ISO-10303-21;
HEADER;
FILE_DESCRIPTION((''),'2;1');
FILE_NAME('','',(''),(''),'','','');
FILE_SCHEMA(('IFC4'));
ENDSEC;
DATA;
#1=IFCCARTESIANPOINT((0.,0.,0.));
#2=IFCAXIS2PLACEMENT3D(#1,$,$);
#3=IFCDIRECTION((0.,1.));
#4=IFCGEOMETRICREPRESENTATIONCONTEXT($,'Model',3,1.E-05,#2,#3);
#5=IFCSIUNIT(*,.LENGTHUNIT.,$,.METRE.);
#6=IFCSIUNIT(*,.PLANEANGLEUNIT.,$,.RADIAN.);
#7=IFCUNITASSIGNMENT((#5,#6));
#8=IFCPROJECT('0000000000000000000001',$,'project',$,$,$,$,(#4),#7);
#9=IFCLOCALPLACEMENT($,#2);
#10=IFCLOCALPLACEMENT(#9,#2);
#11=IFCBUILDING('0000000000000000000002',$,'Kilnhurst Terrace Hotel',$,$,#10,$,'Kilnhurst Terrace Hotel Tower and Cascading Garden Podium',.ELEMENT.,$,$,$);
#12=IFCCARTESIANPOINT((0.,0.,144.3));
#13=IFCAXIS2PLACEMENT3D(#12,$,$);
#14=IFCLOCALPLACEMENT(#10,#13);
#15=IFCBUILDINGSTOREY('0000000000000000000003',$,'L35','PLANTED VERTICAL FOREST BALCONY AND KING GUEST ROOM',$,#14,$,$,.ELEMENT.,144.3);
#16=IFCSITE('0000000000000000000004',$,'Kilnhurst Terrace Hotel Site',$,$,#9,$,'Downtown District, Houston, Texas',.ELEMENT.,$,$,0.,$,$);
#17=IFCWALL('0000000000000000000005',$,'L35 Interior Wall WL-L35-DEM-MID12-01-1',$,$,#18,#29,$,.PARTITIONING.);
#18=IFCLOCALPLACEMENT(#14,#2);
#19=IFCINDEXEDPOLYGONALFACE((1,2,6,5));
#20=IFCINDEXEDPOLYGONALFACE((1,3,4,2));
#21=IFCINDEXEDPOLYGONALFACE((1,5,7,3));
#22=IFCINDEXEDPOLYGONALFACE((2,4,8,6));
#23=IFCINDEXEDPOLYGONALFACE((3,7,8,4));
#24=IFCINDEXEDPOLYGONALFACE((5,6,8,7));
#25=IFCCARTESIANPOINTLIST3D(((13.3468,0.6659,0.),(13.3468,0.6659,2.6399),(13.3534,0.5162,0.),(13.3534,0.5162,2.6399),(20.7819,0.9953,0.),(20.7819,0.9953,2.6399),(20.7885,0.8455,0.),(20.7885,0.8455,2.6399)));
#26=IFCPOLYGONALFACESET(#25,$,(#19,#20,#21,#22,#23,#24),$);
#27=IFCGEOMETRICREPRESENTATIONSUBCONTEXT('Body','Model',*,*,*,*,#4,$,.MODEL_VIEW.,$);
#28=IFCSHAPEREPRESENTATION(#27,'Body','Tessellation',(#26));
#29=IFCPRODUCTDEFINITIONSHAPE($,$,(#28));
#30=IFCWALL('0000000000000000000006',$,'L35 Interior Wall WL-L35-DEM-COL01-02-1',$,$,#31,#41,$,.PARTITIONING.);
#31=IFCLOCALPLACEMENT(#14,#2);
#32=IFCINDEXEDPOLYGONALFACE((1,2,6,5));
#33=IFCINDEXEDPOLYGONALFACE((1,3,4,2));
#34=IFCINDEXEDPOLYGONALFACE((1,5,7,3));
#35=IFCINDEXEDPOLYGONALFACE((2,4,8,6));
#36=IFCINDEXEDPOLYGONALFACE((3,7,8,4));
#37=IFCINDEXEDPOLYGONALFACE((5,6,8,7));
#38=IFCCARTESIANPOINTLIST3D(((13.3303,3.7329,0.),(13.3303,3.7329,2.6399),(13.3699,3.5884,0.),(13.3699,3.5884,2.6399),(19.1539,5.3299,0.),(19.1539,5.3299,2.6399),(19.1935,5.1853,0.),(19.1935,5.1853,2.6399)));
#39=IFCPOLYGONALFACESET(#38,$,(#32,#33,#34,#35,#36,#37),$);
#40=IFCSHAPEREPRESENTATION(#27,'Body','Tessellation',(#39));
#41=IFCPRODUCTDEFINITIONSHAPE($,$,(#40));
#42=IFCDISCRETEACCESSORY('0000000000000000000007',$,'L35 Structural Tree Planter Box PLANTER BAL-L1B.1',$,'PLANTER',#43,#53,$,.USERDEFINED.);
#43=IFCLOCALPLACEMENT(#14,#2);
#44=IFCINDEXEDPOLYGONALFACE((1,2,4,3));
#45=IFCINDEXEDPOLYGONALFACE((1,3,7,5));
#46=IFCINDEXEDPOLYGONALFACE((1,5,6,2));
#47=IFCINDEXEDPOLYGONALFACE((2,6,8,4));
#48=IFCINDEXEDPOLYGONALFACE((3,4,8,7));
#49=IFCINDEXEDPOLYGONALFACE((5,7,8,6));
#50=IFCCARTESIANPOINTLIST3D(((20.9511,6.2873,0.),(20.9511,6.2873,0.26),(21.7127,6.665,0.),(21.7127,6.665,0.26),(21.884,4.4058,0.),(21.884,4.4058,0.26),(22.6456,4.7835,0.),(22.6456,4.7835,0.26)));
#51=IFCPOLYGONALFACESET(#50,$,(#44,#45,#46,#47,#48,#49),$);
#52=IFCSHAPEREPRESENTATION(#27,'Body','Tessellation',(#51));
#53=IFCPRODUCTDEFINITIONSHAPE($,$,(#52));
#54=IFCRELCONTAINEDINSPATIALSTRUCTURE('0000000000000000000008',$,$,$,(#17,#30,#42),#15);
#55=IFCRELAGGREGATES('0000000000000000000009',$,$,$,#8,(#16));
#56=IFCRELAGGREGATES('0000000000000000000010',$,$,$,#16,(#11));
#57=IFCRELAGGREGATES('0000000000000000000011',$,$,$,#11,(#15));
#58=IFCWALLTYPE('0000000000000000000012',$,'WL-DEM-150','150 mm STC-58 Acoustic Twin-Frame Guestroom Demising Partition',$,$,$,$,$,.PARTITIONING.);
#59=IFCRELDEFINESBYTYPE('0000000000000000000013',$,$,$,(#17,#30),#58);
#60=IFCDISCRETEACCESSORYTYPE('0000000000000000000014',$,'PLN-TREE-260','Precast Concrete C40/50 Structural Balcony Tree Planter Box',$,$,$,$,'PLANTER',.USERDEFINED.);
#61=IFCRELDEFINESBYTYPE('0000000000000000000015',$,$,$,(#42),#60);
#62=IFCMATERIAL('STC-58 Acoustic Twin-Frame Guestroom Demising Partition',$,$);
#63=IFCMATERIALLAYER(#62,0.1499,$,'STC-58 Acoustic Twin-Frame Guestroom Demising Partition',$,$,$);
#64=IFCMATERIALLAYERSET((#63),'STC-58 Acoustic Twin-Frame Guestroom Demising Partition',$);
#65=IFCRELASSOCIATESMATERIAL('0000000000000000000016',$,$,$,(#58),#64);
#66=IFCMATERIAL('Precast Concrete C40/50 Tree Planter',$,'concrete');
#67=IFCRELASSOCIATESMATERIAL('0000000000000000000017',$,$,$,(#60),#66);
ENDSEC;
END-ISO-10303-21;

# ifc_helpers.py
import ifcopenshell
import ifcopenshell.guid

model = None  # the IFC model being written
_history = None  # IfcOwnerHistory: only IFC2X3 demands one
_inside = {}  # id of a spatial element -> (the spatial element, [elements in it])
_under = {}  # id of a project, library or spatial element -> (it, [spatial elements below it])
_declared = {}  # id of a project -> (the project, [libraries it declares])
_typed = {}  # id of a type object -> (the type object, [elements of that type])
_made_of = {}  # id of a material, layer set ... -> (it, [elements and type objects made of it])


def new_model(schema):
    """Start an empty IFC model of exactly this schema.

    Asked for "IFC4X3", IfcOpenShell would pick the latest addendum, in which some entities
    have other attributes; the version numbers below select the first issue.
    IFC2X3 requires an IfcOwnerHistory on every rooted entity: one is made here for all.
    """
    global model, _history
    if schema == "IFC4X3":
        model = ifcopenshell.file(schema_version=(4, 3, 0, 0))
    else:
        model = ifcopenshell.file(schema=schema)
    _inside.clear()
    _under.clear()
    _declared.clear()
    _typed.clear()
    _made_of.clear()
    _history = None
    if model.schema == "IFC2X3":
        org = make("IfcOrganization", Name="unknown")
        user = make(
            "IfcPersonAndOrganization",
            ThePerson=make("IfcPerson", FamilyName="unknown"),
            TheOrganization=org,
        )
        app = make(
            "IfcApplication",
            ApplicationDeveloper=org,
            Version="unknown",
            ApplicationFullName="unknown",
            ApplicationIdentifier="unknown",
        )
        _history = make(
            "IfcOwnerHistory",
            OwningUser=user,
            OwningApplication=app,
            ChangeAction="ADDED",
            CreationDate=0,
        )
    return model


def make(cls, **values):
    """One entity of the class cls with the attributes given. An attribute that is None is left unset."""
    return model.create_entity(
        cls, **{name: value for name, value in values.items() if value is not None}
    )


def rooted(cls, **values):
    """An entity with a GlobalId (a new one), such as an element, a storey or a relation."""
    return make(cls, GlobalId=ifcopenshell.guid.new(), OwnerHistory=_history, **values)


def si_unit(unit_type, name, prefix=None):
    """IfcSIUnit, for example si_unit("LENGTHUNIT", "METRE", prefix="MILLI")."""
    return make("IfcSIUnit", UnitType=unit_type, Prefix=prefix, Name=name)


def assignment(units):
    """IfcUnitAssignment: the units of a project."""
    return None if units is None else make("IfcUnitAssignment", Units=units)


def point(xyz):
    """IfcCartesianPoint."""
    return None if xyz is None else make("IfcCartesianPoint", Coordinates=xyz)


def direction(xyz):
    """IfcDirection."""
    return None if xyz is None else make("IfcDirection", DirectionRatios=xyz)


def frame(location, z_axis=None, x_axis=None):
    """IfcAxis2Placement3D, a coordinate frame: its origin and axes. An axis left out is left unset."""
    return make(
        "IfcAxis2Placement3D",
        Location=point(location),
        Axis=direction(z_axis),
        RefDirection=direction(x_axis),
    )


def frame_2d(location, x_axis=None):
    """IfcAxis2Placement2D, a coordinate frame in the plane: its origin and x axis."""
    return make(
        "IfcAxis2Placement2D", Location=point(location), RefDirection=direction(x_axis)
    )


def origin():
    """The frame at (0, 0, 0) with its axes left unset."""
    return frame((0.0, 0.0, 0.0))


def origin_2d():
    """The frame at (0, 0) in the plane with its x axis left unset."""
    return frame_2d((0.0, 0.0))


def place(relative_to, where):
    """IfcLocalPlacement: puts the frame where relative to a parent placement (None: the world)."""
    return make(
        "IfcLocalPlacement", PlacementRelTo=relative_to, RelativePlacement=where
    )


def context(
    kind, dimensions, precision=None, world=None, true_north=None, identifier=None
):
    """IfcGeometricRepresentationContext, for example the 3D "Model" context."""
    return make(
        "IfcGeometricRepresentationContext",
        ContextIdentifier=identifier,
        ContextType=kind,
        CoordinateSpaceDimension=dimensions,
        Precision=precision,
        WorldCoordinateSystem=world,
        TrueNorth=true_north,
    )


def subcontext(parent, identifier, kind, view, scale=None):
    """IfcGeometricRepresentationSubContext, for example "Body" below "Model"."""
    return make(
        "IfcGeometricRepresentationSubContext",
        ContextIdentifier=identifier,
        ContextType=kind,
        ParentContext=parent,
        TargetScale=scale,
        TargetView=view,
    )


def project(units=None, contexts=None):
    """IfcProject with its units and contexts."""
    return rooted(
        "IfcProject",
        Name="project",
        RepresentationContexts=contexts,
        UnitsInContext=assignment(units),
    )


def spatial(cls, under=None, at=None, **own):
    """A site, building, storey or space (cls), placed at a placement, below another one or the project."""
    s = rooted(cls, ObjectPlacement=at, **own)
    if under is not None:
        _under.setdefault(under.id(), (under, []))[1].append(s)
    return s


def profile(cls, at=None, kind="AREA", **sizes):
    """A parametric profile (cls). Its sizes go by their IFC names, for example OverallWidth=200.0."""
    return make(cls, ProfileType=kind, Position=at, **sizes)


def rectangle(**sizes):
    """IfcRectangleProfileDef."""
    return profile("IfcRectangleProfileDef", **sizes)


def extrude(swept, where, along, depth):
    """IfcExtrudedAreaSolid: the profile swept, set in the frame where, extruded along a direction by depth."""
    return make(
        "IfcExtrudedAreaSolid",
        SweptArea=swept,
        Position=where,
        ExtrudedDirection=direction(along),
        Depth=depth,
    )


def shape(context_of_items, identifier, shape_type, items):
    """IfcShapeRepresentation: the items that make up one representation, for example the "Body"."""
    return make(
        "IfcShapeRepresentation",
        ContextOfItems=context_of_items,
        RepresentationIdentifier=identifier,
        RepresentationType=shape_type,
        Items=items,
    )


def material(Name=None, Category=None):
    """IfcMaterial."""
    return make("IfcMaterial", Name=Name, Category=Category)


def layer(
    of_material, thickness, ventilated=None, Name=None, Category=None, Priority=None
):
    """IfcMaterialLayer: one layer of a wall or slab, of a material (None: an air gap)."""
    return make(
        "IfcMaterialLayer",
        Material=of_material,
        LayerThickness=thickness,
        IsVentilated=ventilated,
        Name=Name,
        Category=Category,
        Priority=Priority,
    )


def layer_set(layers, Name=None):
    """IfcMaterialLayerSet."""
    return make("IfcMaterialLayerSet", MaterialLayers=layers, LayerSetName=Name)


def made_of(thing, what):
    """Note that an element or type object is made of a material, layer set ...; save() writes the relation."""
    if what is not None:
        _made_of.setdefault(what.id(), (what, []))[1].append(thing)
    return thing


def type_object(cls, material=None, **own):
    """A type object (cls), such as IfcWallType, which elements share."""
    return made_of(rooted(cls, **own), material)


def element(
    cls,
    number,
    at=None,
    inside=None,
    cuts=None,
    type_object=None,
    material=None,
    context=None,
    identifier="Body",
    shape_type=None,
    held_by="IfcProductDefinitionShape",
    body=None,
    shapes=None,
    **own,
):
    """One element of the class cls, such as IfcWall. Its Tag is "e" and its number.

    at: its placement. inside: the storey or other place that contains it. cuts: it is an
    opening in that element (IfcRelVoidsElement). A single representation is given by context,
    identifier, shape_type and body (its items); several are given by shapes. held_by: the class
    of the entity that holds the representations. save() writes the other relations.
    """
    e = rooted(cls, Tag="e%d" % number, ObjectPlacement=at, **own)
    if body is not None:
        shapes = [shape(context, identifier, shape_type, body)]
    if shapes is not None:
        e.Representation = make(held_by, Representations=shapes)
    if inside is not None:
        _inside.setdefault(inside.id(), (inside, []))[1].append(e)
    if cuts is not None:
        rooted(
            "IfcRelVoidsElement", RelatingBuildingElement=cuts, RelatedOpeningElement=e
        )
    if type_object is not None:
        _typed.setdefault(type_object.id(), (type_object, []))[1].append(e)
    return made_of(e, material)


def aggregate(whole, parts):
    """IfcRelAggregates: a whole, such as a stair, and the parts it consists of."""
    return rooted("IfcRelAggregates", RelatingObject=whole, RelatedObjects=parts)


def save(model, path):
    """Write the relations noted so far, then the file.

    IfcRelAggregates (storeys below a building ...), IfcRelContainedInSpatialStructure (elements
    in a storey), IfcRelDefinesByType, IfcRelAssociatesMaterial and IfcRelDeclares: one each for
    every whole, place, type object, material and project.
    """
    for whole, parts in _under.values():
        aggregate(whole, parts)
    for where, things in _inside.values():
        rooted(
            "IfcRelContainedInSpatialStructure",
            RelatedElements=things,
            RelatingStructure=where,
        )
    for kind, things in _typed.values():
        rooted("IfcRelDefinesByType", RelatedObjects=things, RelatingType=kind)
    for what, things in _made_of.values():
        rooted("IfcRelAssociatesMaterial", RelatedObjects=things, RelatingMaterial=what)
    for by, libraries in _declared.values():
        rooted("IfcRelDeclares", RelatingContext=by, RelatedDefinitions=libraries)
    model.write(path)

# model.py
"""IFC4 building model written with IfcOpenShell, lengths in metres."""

from ifc_helpers import new_model, si_unit, direction, frame, frame_2d, origin, origin_2d, place, context, subcontext, project, spatial, rectangle, extrude, material, layer, layer_set, type_object, element, save


model = new_model("IFC4")

# Units and contexts
model_context = context("Model", 3, precision=1e-05, world=origin(), true_north=direction((0.0, 1.0)))
body_context = subcontext(model_context, "Body", "Model", "MODEL_VIEW")
ifc_project = project(units=[si_unit("LENGTHUNIT", "METRE"), si_unit("PLANEANGLEUNIT", "RADIAN")], contexts=[model_context])

# Site, building, storey
site_placement = place(None, origin())
site = spatial("IfcSite", under=ifc_project, at=site_placement, Name="Kilnhurst Terrace Hotel Site", LongName="Downtown District, Houston, Texas", CompositionType="ELEMENT", RefElevation=0.0)
building_placement = place(site_placement, origin())
building = spatial("IfcBuilding", under=site, at=building_placement, Name="Kilnhurst Terrace Hotel", LongName="Kilnhurst Terrace Hotel Tower and Cascading Garden Podium", CompositionType="ELEMENT")
storey_placement = place(building_placement, frame((0.0, 0.0, 144.3)))
storey = spatial("IfcBuildingStorey", under=building, at=storey_placement, Name="L35", Description="PLANTED VERTICAL FOREST BALCONY AND KING GUEST ROOM", CompositionType="ELEMENT", Elevation=144.3)

# Walls
ifc_material_1 = material(Name="STC-58 Acoustic Twin-Frame Guestroom Demising Partition")
ifc_layer_1 = layer(ifc_material_1, 0.1499, Name="STC-58 Acoustic Twin-Frame Guestroom Demising Partition")
ifc_layer_set_1 = layer_set([ifc_layer_1], Name="STC-58 Acoustic Twin-Frame Guestroom Demising Partition")
wall_type_1 = type_object("IfcWallType", Name="WL-DEM-150", Description="150 mm STC-58 Acoustic Twin-Frame Guestroom Demising Partition", PredefinedType="PARTITIONING", material=ifc_layer_set_1)
wall_1_placement = place(storey_placement, frame((13.3501, 0.5911, 0.0), z_axis=(0.0, 0.0, 1.0), x_axis=(0.99902, 0.044253, 0.0)))
element("IfcWall", 1, at=wall_1_placement, inside=storey, type_object=wall_type_1, Name="L35 Interior Wall WL-L35-DEM-MID12-01-1", PredefinedType="PARTITIONING", context=body_context, shape_type="SweptSolid", body=[
    extrude(rectangle(XDim=7.4424, YDim=0.1499, at=frame_2d((3.7212, 0.0))), origin(), (0.0, 0.0, 1.0), 2.6399),
])
wall_2_placement = place(storey_placement, frame((13.3501, 3.6606, 0.0), z_axis=(0.0, 0.0, 1.0), x_axis=(0.964397, 0.264458, 0.0)))
element("IfcWall", 2, at=wall_2_placement, inside=storey, type_object=wall_type_1, Name="L35 Interior Wall WL-L35-DEM-COL01-02-1", PredefinedType="PARTITIONING", context=body_context, shape_type="SweptSolid", body=[
    extrude(rectangle(XDim=6.0386, YDim=0.1499, at=frame_2d((3.0193, 0.0))), origin(), (0.0, 0.0, 1.0), 2.6399),
])

# Discrete accessory
ifc_material_2 = material(Name="Precast Concrete C40/50 Tree Planter", Category="concrete")
discrete_accessory_type = type_object("IfcDiscreteAccessoryType", Name="PLN-TREE-260", Description="Precast Concrete C40/50 Structural Balcony Tree Planter Box", ElementType="PLANTER", PredefinedType="USERDEFINED", material=ifc_material_2)
discrete_accessory_placement = place(storey_placement, frame((21.7983, 5.5354, 0.0), z_axis=(0.0, 0.0, 1.0), x_axis=(-0.444244, 0.895906, 0.0)))
element("IfcDiscreteAccessory", 3, at=discrete_accessory_placement, inside=storey, type_object=discrete_accessory_type, Name="L35 Structural Tree Planter Box PLANTER BAL-L1B.1", ObjectType="PLANTER", PredefinedType="USERDEFINED", context=body_context, shape_type="SweptSolid", body=[
    extrude(rectangle(XDim=2.1001, YDim=0.8501, at=origin_2d()), origin(), (0.0, 0.0, 1.0), 0.26),
])

save(model, "model.ifc")
